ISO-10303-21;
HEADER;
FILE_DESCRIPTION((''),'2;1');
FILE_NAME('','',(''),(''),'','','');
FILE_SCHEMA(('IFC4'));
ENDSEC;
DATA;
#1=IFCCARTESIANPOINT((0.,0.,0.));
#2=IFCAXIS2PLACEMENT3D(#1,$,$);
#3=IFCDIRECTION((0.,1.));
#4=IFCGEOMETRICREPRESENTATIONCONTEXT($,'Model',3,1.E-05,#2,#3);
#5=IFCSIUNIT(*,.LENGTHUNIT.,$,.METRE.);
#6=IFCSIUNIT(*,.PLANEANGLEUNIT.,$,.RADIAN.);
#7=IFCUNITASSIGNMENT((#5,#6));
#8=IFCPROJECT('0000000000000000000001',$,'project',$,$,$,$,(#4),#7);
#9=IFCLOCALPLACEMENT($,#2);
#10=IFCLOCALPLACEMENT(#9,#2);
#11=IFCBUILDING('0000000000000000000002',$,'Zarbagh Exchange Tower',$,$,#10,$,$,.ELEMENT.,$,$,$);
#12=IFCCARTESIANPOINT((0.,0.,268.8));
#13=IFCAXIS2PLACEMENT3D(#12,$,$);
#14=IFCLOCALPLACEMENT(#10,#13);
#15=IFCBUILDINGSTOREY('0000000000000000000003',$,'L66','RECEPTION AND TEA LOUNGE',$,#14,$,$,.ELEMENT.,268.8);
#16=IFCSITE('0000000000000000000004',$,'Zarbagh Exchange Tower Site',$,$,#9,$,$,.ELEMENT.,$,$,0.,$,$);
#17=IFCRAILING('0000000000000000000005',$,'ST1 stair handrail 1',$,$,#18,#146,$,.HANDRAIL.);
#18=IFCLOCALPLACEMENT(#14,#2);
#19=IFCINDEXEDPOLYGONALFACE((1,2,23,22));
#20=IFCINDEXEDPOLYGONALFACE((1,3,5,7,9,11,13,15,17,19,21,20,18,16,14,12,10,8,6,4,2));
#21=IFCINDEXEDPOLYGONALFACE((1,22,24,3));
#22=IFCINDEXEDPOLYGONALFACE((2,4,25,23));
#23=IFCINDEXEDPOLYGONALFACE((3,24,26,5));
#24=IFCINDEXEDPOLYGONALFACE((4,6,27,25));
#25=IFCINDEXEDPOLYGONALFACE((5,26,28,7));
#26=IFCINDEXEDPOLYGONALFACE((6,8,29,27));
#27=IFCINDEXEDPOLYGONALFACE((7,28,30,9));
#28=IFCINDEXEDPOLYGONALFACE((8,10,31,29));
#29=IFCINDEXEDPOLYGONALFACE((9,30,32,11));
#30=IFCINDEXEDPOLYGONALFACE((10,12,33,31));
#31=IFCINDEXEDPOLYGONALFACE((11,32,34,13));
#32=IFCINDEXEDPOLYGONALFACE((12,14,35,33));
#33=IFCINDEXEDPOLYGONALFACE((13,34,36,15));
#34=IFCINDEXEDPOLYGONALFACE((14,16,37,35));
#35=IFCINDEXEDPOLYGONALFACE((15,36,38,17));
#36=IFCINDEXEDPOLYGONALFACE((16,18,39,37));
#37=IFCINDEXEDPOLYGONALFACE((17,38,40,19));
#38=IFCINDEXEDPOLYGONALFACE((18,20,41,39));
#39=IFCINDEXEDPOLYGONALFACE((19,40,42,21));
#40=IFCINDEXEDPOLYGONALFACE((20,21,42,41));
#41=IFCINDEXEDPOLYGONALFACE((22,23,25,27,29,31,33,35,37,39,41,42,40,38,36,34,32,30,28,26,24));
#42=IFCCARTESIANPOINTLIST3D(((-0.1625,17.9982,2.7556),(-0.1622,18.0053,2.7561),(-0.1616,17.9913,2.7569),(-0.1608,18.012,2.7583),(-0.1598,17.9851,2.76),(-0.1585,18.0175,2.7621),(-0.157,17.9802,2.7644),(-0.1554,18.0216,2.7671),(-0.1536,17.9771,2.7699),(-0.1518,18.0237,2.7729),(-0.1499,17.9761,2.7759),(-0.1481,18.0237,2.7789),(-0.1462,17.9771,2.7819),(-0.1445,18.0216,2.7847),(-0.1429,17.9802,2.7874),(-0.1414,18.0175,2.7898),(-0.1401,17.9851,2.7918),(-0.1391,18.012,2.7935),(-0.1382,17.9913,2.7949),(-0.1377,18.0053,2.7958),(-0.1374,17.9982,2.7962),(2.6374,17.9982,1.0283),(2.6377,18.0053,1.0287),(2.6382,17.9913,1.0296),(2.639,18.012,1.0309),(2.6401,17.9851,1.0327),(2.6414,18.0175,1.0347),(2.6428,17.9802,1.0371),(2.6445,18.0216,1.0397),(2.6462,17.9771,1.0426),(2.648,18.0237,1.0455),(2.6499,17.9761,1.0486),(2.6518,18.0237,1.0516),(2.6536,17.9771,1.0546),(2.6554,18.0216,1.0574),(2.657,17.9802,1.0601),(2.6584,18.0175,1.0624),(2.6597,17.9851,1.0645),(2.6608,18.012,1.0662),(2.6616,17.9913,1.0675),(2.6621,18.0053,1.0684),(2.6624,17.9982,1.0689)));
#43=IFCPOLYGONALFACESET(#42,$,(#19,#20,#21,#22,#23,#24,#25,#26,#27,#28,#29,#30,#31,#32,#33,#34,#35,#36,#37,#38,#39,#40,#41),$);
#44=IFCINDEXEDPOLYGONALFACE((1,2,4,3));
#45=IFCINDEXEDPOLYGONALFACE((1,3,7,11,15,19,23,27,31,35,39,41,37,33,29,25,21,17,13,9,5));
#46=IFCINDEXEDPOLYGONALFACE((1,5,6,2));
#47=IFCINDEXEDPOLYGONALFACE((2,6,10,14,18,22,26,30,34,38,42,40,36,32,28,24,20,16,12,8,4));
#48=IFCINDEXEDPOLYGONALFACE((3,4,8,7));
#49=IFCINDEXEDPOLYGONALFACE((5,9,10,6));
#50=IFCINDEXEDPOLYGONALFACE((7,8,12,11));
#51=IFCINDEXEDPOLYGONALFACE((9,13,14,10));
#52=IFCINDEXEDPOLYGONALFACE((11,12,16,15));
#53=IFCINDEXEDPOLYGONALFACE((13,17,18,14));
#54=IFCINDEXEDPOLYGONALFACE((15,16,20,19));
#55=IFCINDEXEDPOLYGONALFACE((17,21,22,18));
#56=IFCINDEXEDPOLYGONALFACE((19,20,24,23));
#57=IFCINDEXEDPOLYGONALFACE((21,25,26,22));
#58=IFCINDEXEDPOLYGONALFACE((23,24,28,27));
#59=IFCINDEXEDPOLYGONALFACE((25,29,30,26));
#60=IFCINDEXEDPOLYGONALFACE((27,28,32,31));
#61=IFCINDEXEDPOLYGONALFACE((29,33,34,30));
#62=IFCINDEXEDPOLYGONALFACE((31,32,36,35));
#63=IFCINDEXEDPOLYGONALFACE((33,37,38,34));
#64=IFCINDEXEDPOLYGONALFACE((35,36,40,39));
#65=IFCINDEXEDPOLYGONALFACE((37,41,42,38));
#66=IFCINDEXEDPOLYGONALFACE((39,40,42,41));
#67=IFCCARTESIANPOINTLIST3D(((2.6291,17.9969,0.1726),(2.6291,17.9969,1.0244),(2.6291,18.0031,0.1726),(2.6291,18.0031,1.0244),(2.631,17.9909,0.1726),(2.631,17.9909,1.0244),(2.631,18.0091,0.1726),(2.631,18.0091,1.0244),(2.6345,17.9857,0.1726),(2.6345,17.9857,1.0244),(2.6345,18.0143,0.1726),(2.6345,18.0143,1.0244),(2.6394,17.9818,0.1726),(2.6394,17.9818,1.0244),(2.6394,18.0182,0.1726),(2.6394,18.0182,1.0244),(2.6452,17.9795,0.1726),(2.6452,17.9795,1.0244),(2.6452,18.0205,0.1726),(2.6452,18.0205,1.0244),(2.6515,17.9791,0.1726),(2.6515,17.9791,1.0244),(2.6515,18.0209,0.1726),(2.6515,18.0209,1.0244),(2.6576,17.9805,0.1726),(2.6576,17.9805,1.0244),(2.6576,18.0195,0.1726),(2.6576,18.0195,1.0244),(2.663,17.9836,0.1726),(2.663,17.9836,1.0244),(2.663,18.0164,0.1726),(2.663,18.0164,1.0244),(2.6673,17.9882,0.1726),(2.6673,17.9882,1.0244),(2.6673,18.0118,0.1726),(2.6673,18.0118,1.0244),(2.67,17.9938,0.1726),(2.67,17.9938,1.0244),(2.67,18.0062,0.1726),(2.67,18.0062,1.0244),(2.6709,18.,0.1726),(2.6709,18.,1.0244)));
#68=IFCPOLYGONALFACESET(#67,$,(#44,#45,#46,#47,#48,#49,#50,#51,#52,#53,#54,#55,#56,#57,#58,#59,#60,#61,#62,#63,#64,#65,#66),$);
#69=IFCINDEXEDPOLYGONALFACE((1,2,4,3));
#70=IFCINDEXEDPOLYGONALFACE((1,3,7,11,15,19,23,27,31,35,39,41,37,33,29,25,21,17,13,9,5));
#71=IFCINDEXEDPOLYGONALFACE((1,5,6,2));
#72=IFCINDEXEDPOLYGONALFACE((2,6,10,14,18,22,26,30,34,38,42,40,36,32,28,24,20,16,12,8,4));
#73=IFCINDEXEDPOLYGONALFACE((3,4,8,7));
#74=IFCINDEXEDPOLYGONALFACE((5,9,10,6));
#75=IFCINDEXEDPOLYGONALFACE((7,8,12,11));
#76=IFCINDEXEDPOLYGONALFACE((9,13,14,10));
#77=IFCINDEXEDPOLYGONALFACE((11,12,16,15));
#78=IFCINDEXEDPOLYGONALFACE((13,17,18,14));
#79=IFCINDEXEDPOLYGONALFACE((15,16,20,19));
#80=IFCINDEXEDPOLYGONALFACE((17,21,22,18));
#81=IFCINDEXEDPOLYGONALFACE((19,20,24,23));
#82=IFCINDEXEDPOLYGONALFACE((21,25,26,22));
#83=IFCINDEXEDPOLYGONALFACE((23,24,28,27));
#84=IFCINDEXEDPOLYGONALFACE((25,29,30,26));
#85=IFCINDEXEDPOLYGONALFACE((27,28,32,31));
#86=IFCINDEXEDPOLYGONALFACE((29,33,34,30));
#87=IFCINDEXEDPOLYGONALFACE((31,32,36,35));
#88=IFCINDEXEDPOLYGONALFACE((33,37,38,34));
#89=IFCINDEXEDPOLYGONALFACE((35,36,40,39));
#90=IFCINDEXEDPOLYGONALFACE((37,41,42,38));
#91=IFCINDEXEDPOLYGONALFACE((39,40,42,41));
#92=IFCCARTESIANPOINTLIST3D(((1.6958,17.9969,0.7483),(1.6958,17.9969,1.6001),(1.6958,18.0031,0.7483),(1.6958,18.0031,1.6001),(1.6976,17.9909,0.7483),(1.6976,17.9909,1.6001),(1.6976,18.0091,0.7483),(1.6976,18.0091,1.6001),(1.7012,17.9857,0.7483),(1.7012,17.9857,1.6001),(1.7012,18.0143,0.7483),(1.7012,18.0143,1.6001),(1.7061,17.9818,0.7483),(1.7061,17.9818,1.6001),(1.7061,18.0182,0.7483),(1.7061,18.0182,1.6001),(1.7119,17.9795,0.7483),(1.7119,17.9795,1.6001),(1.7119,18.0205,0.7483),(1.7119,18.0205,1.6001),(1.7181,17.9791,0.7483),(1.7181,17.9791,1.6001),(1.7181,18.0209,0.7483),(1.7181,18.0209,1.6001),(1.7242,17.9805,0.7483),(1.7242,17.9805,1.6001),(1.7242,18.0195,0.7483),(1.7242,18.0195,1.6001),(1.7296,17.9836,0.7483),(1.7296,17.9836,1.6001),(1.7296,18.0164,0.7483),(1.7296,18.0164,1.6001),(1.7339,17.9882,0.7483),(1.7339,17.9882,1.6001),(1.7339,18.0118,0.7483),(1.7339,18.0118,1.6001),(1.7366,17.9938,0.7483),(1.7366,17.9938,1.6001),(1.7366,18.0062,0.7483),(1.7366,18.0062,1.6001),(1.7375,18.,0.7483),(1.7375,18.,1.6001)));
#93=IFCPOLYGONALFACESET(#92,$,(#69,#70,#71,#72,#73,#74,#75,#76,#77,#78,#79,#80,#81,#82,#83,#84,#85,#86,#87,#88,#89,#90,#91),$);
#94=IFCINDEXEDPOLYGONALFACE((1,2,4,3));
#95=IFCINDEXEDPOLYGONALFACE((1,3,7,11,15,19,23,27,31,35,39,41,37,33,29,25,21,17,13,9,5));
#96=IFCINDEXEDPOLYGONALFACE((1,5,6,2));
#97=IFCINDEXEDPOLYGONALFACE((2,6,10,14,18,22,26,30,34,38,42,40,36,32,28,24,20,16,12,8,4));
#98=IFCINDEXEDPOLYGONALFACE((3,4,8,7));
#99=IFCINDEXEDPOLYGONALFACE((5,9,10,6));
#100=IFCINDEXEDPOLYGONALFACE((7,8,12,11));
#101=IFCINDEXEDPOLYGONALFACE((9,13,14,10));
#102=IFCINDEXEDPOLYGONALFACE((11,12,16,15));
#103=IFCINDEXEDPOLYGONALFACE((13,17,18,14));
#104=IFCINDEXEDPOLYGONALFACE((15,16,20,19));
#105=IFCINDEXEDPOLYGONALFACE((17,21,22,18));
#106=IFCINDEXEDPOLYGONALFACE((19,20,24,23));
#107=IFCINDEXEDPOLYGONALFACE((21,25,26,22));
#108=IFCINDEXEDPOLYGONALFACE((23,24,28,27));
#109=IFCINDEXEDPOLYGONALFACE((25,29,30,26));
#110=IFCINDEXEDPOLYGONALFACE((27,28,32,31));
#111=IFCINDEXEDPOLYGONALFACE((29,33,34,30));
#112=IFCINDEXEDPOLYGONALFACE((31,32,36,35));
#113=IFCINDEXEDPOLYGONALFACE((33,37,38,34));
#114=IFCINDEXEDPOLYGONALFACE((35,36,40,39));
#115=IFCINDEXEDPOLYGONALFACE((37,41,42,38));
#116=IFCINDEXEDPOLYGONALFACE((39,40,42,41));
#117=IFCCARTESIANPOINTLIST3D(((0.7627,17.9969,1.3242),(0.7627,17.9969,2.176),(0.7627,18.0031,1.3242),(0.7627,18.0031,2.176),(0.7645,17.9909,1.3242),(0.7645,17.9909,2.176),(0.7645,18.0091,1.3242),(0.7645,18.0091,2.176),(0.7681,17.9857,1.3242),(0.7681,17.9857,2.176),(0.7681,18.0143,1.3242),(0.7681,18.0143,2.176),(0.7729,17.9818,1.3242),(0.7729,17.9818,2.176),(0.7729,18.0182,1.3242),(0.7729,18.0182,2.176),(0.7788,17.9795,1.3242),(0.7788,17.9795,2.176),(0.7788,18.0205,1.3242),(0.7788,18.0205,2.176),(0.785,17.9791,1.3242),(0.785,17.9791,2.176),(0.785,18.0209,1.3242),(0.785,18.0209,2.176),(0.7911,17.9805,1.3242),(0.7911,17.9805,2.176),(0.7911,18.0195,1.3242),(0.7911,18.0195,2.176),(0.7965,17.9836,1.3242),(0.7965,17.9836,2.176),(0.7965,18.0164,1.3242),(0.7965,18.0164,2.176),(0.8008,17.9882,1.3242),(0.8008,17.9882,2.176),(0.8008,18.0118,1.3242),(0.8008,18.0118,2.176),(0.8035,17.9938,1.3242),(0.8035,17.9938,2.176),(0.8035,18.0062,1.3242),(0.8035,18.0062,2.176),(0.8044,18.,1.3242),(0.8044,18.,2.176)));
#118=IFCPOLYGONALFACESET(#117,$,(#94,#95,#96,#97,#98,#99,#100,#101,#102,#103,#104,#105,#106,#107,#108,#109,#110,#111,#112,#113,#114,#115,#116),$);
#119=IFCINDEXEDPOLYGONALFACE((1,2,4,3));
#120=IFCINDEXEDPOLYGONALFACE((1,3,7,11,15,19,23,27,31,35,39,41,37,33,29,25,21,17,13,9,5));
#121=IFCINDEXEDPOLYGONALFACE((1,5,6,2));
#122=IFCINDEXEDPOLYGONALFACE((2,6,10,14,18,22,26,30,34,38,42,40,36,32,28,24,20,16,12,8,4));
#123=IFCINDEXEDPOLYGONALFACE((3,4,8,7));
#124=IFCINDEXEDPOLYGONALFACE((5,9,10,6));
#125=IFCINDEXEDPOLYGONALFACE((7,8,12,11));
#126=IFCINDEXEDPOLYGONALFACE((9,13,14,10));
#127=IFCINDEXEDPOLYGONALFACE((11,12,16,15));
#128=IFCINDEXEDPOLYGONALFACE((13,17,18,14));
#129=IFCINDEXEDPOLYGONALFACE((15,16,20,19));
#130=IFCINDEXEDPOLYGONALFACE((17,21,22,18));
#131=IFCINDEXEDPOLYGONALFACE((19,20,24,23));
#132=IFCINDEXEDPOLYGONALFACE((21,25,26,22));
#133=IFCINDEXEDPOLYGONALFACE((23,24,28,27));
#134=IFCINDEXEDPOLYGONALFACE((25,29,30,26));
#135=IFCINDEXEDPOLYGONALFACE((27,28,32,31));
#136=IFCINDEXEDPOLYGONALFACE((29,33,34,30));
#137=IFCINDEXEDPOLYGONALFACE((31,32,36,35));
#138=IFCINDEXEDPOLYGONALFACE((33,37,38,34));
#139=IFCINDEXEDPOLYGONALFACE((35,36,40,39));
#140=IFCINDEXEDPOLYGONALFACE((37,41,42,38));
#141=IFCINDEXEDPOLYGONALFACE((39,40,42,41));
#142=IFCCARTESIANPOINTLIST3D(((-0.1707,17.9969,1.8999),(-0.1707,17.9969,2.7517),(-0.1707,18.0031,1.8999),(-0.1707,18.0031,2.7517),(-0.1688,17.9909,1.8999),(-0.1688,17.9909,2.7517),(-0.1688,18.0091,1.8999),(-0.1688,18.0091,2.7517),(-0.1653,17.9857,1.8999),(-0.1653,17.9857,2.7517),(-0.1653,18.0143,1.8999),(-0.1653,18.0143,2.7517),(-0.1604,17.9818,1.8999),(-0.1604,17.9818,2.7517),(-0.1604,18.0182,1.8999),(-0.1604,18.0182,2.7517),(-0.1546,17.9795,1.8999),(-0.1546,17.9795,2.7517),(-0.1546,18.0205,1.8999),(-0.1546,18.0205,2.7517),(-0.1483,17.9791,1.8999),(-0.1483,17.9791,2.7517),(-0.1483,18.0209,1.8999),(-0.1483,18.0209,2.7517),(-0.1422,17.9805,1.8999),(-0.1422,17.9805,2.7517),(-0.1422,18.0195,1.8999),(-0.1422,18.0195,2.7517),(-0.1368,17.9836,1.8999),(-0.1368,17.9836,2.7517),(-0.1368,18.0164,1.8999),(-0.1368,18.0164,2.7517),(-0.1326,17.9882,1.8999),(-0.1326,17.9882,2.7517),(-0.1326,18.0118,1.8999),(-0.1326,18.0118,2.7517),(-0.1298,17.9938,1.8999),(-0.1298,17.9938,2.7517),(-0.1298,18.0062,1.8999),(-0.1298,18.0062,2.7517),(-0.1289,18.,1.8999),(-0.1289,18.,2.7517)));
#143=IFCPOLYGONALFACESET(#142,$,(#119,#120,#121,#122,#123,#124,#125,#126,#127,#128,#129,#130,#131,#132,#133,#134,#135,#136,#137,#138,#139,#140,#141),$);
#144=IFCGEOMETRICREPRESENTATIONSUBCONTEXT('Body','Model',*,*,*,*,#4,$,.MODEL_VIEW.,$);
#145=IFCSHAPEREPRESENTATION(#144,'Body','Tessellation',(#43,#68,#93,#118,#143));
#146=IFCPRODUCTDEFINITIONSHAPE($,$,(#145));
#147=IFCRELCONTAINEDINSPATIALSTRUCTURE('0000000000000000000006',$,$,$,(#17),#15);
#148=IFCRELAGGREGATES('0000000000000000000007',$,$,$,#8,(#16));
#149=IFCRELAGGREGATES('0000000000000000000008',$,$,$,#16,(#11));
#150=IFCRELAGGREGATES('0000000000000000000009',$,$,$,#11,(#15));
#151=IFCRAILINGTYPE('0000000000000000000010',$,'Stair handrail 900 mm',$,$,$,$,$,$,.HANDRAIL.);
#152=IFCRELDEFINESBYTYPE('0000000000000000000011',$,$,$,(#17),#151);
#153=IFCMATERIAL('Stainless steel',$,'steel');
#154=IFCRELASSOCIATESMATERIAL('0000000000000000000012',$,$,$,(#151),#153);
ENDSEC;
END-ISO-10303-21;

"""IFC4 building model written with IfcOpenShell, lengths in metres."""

from ifc_helpers import new_model, si_unit, direction, frame, origin, origin_2d, place, context, subcontext, project, spatial, circle, extrude, material, type_object, element, save


model = new_model("IFC4")

# Units and contexts
model_context = context("Model", 3, precision=1e-05, world=origin(), true_north=direction((0.0, 1.0)))
body_context = subcontext(model_context, "Body", "Model", "MODEL_VIEW")
ifc_project = project(units=[si_unit("LENGTHUNIT", "METRE"), si_unit("PLANEANGLEUNIT", "RADIAN")], contexts=[model_context])

# Site, building, storey
site_placement = place(None, origin())
site = spatial("IfcSite", under=ifc_project, at=site_placement, Name="Zarbagh Exchange Tower Site", CompositionType="ELEMENT", RefElevation=0.0)
building_placement = place(site_placement, origin())
building = spatial("IfcBuilding", under=site, at=building_placement, Name="Zarbagh Exchange Tower", CompositionType="ELEMENT")
storey_placement = place(building_placement, frame((0.0, 0.0, 268.8)))
storey = spatial("IfcBuildingStorey", under=building, at=storey_placement, Name="L66", Description="RECEPTION AND TEA LOUNGE", CompositionType="ELEMENT", Elevation=268.8)

# Shared definitions
ifc_material_1 = material(Name="Stainless steel", Category="steel")

# Railing
railing_type_1 = type_object("IfcRailingType", Name="Stair handrail 900 mm", PredefinedType="HANDRAIL", material=ifc_material_1)
railing_1_placement = place(storey_placement, frame((2.6499, 18.0, 0.1726)))
element("IfcRailing", 1, at=railing_1_placement, inside=storey, type_object=railing_type_1, Name="ST1 stair handrail 1", PredefinedType="HANDRAIL", context=body_context, shape_type="SweptSolid", body=[
    extrude(circle(Radius=0.0239, at=origin_2d()), frame((0.0, 0.0, 0.876), z_axis=(-0.851069, 0.0, 0.525054), x_axis=(0.0, -1.0, 0.0)), (0.0, 0.0, 1.0), 3.2898),
    extrude(circle(Radius=0.021, at=origin_2d()), origin(), (0.0, 0.0, 1.0), 0.8518),
    extrude(circle(Radius=0.021, at=origin_2d()), frame((-0.9333, 0.0, 0.5757)), (0.0, 0.0, 1.0), 0.8518),
    extrude(circle(Radius=0.021, at=origin_2d()), frame((-1.8665, 0.0, 1.1516)), (0.0, 0.0, 1.0), 0.8518),
    extrude(circle(Radius=0.021, at=origin_2d()), frame((-2.7998, 0.0, 1.7273)), (0.0, 0.0, 1.0), 0.8518),
])

save(model, "model.ifc")
